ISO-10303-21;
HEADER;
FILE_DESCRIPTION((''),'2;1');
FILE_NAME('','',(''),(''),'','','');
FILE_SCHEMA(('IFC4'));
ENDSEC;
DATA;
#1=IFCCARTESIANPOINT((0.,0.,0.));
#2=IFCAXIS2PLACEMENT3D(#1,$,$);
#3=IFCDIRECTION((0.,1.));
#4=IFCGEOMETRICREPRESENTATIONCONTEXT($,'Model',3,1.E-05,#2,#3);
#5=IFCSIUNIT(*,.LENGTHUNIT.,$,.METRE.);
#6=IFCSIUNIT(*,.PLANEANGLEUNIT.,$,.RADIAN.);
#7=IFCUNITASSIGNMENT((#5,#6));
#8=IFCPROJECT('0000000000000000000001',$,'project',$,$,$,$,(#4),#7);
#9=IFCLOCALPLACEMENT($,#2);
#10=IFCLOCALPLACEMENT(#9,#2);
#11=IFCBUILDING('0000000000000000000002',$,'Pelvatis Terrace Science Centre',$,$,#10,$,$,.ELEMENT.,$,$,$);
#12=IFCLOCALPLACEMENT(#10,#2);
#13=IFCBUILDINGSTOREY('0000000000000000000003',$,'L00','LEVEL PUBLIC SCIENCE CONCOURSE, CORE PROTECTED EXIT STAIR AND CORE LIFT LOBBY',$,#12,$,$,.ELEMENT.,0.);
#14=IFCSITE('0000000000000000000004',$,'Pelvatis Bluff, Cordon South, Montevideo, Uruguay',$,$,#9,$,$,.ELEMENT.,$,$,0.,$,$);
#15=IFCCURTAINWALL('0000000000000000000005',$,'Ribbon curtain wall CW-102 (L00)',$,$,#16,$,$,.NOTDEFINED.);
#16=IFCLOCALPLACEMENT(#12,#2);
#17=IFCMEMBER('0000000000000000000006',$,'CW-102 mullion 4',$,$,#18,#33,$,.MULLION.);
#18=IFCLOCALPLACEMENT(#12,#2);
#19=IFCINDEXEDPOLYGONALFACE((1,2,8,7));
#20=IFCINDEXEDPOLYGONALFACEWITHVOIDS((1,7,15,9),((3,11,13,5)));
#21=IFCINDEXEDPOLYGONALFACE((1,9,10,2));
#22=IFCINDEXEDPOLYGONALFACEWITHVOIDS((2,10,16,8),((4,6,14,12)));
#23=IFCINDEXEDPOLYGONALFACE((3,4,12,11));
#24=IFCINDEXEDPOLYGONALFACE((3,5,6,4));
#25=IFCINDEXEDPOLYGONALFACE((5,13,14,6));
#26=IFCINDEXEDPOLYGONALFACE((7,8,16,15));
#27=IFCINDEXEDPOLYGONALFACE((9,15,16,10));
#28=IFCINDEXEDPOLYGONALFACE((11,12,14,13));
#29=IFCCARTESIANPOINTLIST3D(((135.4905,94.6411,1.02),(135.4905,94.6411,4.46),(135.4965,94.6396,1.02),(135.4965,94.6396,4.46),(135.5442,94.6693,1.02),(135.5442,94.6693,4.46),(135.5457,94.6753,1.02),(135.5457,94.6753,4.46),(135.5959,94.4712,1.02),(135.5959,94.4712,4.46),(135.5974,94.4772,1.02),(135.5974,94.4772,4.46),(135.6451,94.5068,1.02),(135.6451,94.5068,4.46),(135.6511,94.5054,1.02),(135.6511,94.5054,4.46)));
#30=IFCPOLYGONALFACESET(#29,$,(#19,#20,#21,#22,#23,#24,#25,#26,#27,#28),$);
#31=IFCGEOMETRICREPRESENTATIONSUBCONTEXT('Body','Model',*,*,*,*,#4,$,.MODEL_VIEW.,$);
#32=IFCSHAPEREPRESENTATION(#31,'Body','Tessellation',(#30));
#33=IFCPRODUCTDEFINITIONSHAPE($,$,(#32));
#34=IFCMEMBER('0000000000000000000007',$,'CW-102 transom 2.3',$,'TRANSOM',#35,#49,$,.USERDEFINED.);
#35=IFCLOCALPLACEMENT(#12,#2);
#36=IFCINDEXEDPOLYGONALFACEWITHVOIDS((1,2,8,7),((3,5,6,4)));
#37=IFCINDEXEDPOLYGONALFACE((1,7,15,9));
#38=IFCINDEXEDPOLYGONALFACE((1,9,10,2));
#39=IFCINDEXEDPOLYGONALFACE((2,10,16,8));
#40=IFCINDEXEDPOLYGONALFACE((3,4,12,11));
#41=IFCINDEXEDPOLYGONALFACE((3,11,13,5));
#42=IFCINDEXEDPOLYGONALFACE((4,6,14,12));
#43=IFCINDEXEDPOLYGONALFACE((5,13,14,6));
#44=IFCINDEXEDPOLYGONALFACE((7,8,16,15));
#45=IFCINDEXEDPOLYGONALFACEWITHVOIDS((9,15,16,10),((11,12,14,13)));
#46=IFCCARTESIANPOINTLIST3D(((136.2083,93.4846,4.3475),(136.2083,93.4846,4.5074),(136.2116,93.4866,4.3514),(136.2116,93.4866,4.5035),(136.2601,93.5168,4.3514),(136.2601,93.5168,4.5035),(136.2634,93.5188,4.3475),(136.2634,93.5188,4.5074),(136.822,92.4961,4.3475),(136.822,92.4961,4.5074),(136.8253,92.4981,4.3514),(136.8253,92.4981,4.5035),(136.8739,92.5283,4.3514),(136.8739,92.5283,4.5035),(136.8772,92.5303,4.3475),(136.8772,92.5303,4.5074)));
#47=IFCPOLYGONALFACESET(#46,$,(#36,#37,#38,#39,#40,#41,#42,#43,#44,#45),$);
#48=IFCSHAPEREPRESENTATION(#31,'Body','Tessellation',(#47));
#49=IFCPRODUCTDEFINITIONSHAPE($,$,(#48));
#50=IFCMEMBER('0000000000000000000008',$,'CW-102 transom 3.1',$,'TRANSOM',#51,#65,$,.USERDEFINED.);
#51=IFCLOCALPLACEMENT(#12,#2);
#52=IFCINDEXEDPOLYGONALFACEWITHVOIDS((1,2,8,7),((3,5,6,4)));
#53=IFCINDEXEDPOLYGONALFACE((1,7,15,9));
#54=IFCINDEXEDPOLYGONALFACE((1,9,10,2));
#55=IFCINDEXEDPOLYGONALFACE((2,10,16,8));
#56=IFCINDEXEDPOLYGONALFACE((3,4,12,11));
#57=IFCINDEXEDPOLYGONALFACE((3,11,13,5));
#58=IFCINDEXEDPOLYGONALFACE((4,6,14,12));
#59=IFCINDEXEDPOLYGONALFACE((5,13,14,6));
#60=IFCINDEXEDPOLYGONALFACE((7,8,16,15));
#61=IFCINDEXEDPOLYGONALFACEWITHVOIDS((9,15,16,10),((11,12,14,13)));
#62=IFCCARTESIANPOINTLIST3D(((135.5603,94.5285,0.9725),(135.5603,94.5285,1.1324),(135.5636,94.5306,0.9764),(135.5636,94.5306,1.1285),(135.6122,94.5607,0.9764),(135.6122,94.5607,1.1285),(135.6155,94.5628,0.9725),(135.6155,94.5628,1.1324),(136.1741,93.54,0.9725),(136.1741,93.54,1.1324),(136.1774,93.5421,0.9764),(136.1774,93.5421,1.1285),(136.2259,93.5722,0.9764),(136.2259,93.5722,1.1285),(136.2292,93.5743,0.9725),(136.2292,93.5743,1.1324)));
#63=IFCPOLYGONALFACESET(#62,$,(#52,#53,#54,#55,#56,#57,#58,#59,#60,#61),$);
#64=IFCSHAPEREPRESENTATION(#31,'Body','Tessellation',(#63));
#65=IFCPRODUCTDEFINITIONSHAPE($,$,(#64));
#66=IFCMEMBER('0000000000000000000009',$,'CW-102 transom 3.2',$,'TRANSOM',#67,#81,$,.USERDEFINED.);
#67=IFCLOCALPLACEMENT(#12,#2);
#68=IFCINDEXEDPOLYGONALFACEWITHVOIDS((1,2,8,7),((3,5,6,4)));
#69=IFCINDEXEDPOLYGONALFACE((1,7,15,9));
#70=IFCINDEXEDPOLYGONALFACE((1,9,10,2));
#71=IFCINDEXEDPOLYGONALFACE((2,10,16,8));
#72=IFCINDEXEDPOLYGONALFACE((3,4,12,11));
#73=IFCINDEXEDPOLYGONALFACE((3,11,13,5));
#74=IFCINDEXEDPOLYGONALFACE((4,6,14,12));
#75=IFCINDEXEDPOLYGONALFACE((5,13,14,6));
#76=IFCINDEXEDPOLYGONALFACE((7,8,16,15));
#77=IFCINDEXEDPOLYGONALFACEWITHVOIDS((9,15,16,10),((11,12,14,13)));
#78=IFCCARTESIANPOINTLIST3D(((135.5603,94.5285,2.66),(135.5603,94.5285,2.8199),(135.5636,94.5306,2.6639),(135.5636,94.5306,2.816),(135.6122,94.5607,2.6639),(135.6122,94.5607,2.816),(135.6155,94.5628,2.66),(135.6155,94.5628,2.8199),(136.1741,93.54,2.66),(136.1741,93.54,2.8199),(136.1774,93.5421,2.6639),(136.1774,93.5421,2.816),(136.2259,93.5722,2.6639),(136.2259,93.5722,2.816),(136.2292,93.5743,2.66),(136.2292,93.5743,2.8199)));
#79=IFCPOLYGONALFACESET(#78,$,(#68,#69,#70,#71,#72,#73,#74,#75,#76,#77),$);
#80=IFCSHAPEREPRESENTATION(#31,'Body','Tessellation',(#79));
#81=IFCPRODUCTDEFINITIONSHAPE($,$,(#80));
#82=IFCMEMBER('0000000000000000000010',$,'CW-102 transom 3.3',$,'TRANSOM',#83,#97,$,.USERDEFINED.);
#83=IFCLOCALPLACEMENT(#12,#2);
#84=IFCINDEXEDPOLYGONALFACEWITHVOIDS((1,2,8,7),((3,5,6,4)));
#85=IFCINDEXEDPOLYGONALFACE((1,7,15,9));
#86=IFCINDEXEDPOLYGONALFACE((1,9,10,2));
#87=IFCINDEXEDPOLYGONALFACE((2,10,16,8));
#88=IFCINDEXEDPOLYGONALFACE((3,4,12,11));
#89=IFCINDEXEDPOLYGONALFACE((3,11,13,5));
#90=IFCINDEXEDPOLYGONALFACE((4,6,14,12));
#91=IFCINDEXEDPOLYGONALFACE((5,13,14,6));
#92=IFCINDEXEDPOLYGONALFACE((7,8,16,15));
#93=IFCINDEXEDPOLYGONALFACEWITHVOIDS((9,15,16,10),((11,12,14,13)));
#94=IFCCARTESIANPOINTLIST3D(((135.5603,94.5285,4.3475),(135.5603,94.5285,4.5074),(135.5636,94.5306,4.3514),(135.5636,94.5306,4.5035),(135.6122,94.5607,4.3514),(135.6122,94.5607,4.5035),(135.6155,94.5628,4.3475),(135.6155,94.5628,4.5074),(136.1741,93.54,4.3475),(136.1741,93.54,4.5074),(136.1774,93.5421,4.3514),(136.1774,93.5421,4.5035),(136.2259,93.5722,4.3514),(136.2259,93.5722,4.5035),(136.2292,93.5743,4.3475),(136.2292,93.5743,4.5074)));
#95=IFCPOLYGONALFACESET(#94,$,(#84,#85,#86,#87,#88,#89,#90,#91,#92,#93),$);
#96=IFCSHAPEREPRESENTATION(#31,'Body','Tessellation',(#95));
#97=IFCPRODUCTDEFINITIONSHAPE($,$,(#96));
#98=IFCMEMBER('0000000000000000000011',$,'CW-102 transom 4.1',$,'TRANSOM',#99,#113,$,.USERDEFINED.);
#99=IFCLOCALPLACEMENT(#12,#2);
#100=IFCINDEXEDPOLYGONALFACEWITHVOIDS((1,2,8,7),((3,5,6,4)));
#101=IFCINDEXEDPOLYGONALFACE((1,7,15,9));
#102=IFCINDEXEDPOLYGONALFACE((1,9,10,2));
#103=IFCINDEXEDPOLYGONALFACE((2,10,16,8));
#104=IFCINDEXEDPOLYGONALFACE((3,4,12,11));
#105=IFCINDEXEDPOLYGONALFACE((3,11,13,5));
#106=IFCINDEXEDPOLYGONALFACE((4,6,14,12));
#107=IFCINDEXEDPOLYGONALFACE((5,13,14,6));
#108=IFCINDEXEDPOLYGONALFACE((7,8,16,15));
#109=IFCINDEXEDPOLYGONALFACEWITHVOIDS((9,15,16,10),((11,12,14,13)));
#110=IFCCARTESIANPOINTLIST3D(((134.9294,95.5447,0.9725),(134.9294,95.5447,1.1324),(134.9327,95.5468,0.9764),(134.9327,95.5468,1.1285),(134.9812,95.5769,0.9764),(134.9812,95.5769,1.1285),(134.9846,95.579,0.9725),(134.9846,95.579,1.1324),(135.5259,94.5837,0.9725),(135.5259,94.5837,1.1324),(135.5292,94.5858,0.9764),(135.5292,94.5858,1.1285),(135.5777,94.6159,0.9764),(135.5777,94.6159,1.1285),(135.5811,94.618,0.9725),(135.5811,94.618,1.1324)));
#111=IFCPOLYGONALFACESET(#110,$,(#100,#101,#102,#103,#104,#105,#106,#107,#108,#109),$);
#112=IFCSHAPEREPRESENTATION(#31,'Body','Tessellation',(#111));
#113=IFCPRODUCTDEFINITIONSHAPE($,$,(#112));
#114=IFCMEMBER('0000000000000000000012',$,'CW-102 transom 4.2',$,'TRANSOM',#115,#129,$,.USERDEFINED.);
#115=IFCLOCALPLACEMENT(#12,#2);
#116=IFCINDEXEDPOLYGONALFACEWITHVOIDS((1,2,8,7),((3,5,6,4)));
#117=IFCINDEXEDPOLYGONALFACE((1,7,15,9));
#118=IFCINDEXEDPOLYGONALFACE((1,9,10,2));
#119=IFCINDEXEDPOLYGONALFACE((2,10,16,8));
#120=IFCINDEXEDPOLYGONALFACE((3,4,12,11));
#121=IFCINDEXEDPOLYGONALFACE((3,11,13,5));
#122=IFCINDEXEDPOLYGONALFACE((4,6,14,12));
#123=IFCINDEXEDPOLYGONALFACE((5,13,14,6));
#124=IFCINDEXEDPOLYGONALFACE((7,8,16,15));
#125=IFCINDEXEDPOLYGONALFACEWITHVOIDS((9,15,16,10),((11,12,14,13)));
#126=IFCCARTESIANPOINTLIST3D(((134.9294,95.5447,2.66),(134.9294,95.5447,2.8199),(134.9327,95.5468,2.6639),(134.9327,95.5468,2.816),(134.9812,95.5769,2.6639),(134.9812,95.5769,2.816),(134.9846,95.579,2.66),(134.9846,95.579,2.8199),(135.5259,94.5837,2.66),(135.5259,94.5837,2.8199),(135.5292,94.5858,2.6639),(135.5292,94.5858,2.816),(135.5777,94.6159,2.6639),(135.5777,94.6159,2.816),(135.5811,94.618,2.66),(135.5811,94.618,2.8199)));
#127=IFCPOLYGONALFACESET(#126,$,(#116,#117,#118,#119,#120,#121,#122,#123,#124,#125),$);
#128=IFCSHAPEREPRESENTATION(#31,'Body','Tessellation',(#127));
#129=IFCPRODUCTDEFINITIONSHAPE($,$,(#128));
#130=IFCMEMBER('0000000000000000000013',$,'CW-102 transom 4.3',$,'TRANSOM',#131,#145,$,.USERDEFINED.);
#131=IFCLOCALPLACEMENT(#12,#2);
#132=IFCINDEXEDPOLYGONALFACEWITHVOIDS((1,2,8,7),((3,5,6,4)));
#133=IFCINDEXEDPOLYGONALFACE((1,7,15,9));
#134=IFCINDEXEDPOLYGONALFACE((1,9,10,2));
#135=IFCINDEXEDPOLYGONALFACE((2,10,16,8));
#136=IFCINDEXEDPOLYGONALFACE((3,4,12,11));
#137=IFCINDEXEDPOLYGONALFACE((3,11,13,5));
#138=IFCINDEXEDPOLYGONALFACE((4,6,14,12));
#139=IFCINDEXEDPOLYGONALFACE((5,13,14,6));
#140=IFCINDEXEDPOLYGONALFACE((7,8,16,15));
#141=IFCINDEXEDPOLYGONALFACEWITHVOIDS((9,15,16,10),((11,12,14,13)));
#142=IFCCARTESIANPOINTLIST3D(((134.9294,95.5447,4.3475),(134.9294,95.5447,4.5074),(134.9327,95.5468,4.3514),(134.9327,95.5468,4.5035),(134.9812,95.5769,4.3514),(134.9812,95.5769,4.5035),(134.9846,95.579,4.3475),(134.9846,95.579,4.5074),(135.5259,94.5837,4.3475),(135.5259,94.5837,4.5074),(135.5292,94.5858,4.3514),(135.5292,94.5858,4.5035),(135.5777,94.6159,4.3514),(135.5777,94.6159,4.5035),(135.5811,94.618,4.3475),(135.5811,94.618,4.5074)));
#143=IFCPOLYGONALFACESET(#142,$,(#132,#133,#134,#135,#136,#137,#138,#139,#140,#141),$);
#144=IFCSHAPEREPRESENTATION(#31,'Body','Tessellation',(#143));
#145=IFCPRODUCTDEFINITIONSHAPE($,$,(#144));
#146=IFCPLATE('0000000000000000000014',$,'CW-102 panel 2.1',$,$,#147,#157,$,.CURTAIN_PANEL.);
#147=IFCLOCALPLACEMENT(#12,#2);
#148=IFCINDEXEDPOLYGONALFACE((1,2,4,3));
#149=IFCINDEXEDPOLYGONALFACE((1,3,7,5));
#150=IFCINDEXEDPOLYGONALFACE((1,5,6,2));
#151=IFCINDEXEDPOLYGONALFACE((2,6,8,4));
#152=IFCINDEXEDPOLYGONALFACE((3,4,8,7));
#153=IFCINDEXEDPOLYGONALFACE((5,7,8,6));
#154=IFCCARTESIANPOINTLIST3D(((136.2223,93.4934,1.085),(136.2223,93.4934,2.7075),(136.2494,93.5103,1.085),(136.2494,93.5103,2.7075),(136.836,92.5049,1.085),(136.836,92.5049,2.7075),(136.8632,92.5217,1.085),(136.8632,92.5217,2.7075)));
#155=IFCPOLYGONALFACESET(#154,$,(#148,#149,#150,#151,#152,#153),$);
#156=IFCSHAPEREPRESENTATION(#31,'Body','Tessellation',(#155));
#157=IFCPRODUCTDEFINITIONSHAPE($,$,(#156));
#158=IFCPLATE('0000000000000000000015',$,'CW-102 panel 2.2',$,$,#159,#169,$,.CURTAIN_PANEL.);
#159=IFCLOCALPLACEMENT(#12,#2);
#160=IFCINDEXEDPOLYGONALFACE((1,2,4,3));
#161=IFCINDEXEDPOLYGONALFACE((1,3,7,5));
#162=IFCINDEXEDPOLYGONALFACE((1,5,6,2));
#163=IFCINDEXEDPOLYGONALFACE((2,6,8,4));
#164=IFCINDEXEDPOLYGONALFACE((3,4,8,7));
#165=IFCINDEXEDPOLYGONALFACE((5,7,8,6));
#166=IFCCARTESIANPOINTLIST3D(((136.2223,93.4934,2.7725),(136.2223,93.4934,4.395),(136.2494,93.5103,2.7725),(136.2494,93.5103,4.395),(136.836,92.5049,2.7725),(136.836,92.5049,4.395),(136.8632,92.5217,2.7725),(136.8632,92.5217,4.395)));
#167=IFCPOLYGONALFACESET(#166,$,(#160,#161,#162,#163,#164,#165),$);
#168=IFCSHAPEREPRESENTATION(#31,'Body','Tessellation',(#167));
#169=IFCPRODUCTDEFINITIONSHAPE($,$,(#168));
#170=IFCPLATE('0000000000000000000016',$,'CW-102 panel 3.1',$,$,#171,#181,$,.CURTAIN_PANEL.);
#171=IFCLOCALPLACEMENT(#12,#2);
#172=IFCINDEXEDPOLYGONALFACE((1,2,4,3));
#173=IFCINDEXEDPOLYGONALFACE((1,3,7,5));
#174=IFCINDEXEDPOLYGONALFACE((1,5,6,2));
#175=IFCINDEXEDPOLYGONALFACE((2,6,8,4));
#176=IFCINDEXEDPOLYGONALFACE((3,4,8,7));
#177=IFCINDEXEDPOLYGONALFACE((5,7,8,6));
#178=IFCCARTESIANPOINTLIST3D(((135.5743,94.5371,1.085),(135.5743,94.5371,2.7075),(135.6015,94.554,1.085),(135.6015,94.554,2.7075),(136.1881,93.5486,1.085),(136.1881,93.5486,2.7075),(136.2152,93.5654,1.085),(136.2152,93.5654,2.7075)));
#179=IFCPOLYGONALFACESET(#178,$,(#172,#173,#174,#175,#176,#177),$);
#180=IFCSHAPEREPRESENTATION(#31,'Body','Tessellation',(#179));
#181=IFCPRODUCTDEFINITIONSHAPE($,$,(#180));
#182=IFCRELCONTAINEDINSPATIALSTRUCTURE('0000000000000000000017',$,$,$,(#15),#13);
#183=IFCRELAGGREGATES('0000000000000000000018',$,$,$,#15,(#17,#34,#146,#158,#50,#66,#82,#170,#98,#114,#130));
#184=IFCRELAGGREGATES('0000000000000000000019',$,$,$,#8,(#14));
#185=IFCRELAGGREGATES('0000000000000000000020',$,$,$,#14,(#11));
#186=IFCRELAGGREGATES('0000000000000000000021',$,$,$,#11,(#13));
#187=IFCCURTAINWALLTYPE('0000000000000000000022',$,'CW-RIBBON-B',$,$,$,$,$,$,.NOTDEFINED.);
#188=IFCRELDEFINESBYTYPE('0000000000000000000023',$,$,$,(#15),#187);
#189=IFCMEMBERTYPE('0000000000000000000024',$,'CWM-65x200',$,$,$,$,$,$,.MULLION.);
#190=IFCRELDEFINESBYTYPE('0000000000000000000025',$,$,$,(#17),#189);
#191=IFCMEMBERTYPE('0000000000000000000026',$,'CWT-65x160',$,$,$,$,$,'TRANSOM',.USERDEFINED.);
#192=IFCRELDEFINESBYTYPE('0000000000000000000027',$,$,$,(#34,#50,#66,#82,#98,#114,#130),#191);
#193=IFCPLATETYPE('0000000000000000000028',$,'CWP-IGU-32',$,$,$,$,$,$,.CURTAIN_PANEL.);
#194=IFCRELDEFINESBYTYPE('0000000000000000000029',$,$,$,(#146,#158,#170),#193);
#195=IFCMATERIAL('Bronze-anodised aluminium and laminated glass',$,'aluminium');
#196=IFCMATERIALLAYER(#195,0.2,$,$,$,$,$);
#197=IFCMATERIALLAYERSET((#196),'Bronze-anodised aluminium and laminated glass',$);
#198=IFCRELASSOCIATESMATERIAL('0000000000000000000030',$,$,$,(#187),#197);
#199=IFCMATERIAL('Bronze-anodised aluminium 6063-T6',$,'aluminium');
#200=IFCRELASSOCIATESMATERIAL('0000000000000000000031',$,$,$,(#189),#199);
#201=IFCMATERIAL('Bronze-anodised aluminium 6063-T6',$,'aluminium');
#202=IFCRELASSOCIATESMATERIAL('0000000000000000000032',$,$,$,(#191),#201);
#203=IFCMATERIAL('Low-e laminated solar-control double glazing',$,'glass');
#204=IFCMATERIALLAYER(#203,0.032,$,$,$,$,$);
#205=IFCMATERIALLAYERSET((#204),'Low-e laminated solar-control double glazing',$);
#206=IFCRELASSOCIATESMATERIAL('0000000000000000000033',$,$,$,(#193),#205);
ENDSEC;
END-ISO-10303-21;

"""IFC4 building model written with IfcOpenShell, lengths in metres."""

from ifc_helpers import new_model, si_unit, direction, frame, origin, origin_2d, place, context, subcontext, project, spatial, rectangle, hollow_rectangle, extrude, material, layer, layer_set, material_profile, profile_set, type_object, element, aggregate, save


model = new_model("IFC4")

# Units and contexts
model_context = context("Model", 3, precision=1e-05, world=origin(), true_north=direction((0.0, 1.0)))
body_context = subcontext(model_context, "Body", "Model", "MODEL_VIEW")
ifc_project = project(units=[si_unit("LENGTHUNIT", "METRE"), si_unit("PLANEANGLEUNIT", "RADIAN")], contexts=[model_context])

# Site, building, storey
site_placement = place(None, origin())
site = spatial("IfcSite", under=ifc_project, at=site_placement, Name="Pelvatis Bluff, Cordon South, Montevideo, Uruguay", CompositionType="ELEMENT", RefElevation=0.0)
building_placement = place(site_placement, origin())
building = spatial("IfcBuilding", under=site, at=building_placement, Name="Pelvatis Terrace Science Centre", CompositionType="ELEMENT")
storey_placement = place(building_placement, origin())
storey = spatial("IfcBuildingStorey", under=building, at=storey_placement, Name="L00", Description="LEVEL PUBLIC SCIENCE CONCOURSE, CORE PROTECTED EXIT STAIR AND CORE LIFT LOBBY", CompositionType="ELEMENT", Elevation=0.0)

# Curtain wall, members, plates
ifc_material_1 = material(Name="Bronze-anodised aluminium and laminated glass", Category="aluminium")
ifc_layer_1 = layer(ifc_material_1, 0.2)
ifc_layer_set_1 = layer_set([ifc_layer_1], Name="Bronze-anodised aluminium and laminated glass")
curtain_wall_type = type_object("IfcCurtainWallType", Name="CW-RIBBON-B", PredefinedType="NOTDEFINED", material=ifc_layer_set_1)
curtain_wall_placement = place(storey_placement, origin())
curtain_wall = element("IfcCurtainWall", 1, at=curtain_wall_placement, inside=storey, type_object=curtain_wall_type, Name="Ribbon curtain wall CW-102 (L00)", PredefinedType="NOTDEFINED")
ifc_material_2 = material(Name="Bronze-anodised aluminium 6063-T6", Category="aluminium")
ifc_material_profile_1 = material_profile(ifc_material_2, hollow_rectangle(XDim=0.0649, YDim=0.2, WallThickness=0.0044, at=origin_2d()), Name="ALU-MUL 65x200")
ifc_profile_set_1 = profile_set([ifc_material_profile_1], Name="Bronze-anodised aluminium 6063-T6")
member_type_1 = type_object("IfcMemberType", Name="CWM-65x200", PredefinedType="MULLION", material=ifc_profile_set_1)
member_1_placement = place(storey_placement, frame((135.5708, 94.5732, 1.02), z_axis=(0.0, 0.0, 1.0), x_axis=(-0.849586, -0.52745, 0.0)))
member_1 = element("IfcMember", 2, at=member_1_placement, type_object=member_type_1, Name="CW-102 mullion 4", PredefinedType="MULLION", context=body_context, shape_type="SweptSolid", body=[
    extrude(hollow_rectangle(XDim=0.0649, YDim=0.2, WallThickness=0.0044, at=origin_2d()), origin(), (0.0, 0.0, 1.0), 3.4399),
])
ifc_material_3 = material(Name="Bronze-anodised aluminium 6063-T6", Category="aluminium")
ifc_material_profile_2 = material_profile(ifc_material_3, hollow_rectangle(XDim=0.0649, YDim=0.1599, WallThickness=0.0039, at=origin_2d()), Name="ALU-TRN 65x160")
ifc_profile_set_2 = profile_set([ifc_material_profile_2], Name="Bronze-anodised aluminium 6063-T6")
member_type_2 = type_object("IfcMemberType", Name="CWT-65x160", ElementType="TRANSOM", PredefinedType="USERDEFINED", material=ifc_profile_set_2)
member_2_placement = place(storey_placement, frame((136.8496, 92.5132, 4.4275), z_axis=(-0.527488, 0.849562, 0.0), x_axis=(-0.849562, -0.527488, 0.0)))
member_2 = element("IfcMember", 3, at=member_2_placement, type_object=member_type_2, Name="CW-102 transom 2.3", ObjectType="TRANSOM", PredefinedType="USERDEFINED", context=body_context, shape_type="SweptSolid", body=[
    extrude(hollow_rectangle(XDim=0.0649, YDim=0.1599, WallThickness=0.0039, at=origin_2d()), origin(), (0.0, 0.0, 1.0), 1.1636),
])
member_3_placement = place(storey_placement, frame((136.2017, 93.5571, 1.0525), z_axis=(-0.527488, 0.849562, 0.0), x_axis=(-0.849562, -0.527488, 0.0)))
member_3 = element("IfcMember", 4, at=member_3_placement, type_object=member_type_2, Name="CW-102 transom 3.1", ObjectType="TRANSOM", PredefinedType="USERDEFINED", context=body_context, shape_type="SweptSolid", body=[
    extrude(hollow_rectangle(XDim=0.0649, YDim=0.1599, WallThickness=0.0039, at=origin_2d()), origin(), (0.0, 0.0, 1.0), 1.1636),
])
member_4_placement = place(storey_placement, frame((136.2017, 93.5571, 2.74), z_axis=(-0.527488, 0.849562, 0.0), x_axis=(-0.849562, -0.527488, 0.0)))
member_4 = element("IfcMember", 5, at=member_4_placement, type_object=member_type_2, Name="CW-102 transom 3.2", ObjectType="TRANSOM", PredefinedType="USERDEFINED", context=body_context, shape_type="SweptSolid", body=[
    extrude(hollow_rectangle(XDim=0.0649, YDim=0.1599, WallThickness=0.0039, at=origin_2d()), origin(), (0.0, 0.0, 1.0), 1.1636),
])
member_5_placement = place(storey_placement, frame((136.2017, 93.5571, 4.4275), z_axis=(-0.527488, 0.849562, 0.0), x_axis=(-0.849562, -0.527488, 0.0)))
member_5 = element("IfcMember", 6, at=member_5_placement, type_object=member_type_2, Name="CW-102 transom 3.3", ObjectType="TRANSOM", PredefinedType="USERDEFINED", context=body_context, shape_type="SweptSolid", body=[
    extrude(hollow_rectangle(XDim=0.0649, YDim=0.1599, WallThickness=0.0039, at=origin_2d()), origin(), (0.0, 0.0, 1.0), 1.1636),
])
member_6_placement = place(storey_placement, frame((135.5535, 94.6008, 1.0525), z_axis=(-0.527357, 0.849644, 0.0), x_axis=(-0.849644, -0.527357, 0.0)))
member_6 = element("IfcMember", 7, at=member_6_placement, type_object=member_type_2, Name="CW-102 transom 4.1", ObjectType="TRANSOM", PredefinedType="USERDEFINED", context=body_context, shape_type="SweptSolid", body=[
    extrude(hollow_rectangle(XDim=0.0649, YDim=0.1599, WallThickness=0.0039, at=origin_2d()), origin(), (0.0, 0.0, 1.0), 1.1311),
])
member_7_placement = place(storey_placement, frame((135.5535, 94.6008, 2.74), z_axis=(-0.527357, 0.849644, 0.0), x_axis=(-0.849644, -0.527357, 0.0)))
member_7 = element("IfcMember", 8, at=member_7_placement, type_object=member_type_2, Name="CW-102 transom 4.2", ObjectType="TRANSOM", PredefinedType="USERDEFINED", context=body_context, shape_type="SweptSolid", body=[
    extrude(hollow_rectangle(XDim=0.0649, YDim=0.1599, WallThickness=0.0039, at=origin_2d()), origin(), (0.0, 0.0, 1.0), 1.1311),
])
member_8_placement = place(storey_placement, frame((135.5535, 94.6008, 4.4275), z_axis=(-0.527357, 0.849644, 0.0), x_axis=(-0.849644, -0.527357, 0.0)))
member_8 = element("IfcMember", 9, at=member_8_placement, type_object=member_type_2, Name="CW-102 transom 4.3", ObjectType="TRANSOM", PredefinedType="USERDEFINED", context=body_context, shape_type="SweptSolid", body=[
    extrude(hollow_rectangle(XDim=0.0649, YDim=0.1599, WallThickness=0.0039, at=origin_2d()), origin(), (0.0, 0.0, 1.0), 1.1311),
])
ifc_material_4 = material(Name="Low-e laminated solar-control double glazing", Category="glass")
ifc_layer_2 = layer(ifc_material_4, 0.032)
ifc_layer_set_2 = layer_set([ifc_layer_2], Name="Low-e laminated solar-control double glazing")
plate_type = type_object("IfcPlateType", Name="CWP-IGU-32", PredefinedType="CURTAIN_PANEL", material=ifc_layer_set_2)
plate_1_placement = place(storey_placement, frame((136.5427, 93.0076, 1.085), z_axis=(0.0, 0.0, 1.0), x_axis=(-0.52745, 0.849586, 0.0)))
plate_1 = element("IfcPlate", 10, at=plate_1_placement, type_object=plate_type, Name="CW-102 panel 2.1", PredefinedType="CURTAIN_PANEL", context=body_context, shape_type="SweptSolid", body=[
    extrude(rectangle(XDim=1.1636, YDim=0.032, at=origin_2d()), origin(), (0.0, 0.0, 1.0), 1.6226),
])
plate_2_placement = place(storey_placement, frame((136.5427, 93.0076, 2.7725), z_axis=(0.0, 0.0, 1.0), x_axis=(-0.52745, 0.849586, 0.0)))
plate_2 = element("IfcPlate", 11, at=plate_2_placement, type_object=plate_type, Name="CW-102 panel 2.2", PredefinedType="CURTAIN_PANEL", context=body_context, shape_type="SweptSolid", body=[
    extrude(rectangle(XDim=1.1636, YDim=0.032, at=origin_2d()), origin(), (0.0, 0.0, 1.0), 1.6226),
])
plate_3_placement = place(storey_placement, frame((135.8948, 94.0513, 1.085), z_axis=(0.0, 0.0, 1.0), x_axis=(-0.52745, 0.849586, 0.0)))
plate_3 = element("IfcPlate", 12, at=plate_3_placement, type_object=plate_type, Name="CW-102 panel 3.1", PredefinedType="CURTAIN_PANEL", context=body_context, shape_type="SweptSolid", body=[
    extrude(rectangle(XDim=1.1636, YDim=0.032, at=origin_2d()), origin(), (0.0, 0.0, 1.0), 1.6226),
])
aggregate(curtain_wall, [member_1, member_2, plate_1, plate_2, member_3, member_4, member_5, plate_3, member_6, member_7, member_8])

save(model, "model.ifc")
